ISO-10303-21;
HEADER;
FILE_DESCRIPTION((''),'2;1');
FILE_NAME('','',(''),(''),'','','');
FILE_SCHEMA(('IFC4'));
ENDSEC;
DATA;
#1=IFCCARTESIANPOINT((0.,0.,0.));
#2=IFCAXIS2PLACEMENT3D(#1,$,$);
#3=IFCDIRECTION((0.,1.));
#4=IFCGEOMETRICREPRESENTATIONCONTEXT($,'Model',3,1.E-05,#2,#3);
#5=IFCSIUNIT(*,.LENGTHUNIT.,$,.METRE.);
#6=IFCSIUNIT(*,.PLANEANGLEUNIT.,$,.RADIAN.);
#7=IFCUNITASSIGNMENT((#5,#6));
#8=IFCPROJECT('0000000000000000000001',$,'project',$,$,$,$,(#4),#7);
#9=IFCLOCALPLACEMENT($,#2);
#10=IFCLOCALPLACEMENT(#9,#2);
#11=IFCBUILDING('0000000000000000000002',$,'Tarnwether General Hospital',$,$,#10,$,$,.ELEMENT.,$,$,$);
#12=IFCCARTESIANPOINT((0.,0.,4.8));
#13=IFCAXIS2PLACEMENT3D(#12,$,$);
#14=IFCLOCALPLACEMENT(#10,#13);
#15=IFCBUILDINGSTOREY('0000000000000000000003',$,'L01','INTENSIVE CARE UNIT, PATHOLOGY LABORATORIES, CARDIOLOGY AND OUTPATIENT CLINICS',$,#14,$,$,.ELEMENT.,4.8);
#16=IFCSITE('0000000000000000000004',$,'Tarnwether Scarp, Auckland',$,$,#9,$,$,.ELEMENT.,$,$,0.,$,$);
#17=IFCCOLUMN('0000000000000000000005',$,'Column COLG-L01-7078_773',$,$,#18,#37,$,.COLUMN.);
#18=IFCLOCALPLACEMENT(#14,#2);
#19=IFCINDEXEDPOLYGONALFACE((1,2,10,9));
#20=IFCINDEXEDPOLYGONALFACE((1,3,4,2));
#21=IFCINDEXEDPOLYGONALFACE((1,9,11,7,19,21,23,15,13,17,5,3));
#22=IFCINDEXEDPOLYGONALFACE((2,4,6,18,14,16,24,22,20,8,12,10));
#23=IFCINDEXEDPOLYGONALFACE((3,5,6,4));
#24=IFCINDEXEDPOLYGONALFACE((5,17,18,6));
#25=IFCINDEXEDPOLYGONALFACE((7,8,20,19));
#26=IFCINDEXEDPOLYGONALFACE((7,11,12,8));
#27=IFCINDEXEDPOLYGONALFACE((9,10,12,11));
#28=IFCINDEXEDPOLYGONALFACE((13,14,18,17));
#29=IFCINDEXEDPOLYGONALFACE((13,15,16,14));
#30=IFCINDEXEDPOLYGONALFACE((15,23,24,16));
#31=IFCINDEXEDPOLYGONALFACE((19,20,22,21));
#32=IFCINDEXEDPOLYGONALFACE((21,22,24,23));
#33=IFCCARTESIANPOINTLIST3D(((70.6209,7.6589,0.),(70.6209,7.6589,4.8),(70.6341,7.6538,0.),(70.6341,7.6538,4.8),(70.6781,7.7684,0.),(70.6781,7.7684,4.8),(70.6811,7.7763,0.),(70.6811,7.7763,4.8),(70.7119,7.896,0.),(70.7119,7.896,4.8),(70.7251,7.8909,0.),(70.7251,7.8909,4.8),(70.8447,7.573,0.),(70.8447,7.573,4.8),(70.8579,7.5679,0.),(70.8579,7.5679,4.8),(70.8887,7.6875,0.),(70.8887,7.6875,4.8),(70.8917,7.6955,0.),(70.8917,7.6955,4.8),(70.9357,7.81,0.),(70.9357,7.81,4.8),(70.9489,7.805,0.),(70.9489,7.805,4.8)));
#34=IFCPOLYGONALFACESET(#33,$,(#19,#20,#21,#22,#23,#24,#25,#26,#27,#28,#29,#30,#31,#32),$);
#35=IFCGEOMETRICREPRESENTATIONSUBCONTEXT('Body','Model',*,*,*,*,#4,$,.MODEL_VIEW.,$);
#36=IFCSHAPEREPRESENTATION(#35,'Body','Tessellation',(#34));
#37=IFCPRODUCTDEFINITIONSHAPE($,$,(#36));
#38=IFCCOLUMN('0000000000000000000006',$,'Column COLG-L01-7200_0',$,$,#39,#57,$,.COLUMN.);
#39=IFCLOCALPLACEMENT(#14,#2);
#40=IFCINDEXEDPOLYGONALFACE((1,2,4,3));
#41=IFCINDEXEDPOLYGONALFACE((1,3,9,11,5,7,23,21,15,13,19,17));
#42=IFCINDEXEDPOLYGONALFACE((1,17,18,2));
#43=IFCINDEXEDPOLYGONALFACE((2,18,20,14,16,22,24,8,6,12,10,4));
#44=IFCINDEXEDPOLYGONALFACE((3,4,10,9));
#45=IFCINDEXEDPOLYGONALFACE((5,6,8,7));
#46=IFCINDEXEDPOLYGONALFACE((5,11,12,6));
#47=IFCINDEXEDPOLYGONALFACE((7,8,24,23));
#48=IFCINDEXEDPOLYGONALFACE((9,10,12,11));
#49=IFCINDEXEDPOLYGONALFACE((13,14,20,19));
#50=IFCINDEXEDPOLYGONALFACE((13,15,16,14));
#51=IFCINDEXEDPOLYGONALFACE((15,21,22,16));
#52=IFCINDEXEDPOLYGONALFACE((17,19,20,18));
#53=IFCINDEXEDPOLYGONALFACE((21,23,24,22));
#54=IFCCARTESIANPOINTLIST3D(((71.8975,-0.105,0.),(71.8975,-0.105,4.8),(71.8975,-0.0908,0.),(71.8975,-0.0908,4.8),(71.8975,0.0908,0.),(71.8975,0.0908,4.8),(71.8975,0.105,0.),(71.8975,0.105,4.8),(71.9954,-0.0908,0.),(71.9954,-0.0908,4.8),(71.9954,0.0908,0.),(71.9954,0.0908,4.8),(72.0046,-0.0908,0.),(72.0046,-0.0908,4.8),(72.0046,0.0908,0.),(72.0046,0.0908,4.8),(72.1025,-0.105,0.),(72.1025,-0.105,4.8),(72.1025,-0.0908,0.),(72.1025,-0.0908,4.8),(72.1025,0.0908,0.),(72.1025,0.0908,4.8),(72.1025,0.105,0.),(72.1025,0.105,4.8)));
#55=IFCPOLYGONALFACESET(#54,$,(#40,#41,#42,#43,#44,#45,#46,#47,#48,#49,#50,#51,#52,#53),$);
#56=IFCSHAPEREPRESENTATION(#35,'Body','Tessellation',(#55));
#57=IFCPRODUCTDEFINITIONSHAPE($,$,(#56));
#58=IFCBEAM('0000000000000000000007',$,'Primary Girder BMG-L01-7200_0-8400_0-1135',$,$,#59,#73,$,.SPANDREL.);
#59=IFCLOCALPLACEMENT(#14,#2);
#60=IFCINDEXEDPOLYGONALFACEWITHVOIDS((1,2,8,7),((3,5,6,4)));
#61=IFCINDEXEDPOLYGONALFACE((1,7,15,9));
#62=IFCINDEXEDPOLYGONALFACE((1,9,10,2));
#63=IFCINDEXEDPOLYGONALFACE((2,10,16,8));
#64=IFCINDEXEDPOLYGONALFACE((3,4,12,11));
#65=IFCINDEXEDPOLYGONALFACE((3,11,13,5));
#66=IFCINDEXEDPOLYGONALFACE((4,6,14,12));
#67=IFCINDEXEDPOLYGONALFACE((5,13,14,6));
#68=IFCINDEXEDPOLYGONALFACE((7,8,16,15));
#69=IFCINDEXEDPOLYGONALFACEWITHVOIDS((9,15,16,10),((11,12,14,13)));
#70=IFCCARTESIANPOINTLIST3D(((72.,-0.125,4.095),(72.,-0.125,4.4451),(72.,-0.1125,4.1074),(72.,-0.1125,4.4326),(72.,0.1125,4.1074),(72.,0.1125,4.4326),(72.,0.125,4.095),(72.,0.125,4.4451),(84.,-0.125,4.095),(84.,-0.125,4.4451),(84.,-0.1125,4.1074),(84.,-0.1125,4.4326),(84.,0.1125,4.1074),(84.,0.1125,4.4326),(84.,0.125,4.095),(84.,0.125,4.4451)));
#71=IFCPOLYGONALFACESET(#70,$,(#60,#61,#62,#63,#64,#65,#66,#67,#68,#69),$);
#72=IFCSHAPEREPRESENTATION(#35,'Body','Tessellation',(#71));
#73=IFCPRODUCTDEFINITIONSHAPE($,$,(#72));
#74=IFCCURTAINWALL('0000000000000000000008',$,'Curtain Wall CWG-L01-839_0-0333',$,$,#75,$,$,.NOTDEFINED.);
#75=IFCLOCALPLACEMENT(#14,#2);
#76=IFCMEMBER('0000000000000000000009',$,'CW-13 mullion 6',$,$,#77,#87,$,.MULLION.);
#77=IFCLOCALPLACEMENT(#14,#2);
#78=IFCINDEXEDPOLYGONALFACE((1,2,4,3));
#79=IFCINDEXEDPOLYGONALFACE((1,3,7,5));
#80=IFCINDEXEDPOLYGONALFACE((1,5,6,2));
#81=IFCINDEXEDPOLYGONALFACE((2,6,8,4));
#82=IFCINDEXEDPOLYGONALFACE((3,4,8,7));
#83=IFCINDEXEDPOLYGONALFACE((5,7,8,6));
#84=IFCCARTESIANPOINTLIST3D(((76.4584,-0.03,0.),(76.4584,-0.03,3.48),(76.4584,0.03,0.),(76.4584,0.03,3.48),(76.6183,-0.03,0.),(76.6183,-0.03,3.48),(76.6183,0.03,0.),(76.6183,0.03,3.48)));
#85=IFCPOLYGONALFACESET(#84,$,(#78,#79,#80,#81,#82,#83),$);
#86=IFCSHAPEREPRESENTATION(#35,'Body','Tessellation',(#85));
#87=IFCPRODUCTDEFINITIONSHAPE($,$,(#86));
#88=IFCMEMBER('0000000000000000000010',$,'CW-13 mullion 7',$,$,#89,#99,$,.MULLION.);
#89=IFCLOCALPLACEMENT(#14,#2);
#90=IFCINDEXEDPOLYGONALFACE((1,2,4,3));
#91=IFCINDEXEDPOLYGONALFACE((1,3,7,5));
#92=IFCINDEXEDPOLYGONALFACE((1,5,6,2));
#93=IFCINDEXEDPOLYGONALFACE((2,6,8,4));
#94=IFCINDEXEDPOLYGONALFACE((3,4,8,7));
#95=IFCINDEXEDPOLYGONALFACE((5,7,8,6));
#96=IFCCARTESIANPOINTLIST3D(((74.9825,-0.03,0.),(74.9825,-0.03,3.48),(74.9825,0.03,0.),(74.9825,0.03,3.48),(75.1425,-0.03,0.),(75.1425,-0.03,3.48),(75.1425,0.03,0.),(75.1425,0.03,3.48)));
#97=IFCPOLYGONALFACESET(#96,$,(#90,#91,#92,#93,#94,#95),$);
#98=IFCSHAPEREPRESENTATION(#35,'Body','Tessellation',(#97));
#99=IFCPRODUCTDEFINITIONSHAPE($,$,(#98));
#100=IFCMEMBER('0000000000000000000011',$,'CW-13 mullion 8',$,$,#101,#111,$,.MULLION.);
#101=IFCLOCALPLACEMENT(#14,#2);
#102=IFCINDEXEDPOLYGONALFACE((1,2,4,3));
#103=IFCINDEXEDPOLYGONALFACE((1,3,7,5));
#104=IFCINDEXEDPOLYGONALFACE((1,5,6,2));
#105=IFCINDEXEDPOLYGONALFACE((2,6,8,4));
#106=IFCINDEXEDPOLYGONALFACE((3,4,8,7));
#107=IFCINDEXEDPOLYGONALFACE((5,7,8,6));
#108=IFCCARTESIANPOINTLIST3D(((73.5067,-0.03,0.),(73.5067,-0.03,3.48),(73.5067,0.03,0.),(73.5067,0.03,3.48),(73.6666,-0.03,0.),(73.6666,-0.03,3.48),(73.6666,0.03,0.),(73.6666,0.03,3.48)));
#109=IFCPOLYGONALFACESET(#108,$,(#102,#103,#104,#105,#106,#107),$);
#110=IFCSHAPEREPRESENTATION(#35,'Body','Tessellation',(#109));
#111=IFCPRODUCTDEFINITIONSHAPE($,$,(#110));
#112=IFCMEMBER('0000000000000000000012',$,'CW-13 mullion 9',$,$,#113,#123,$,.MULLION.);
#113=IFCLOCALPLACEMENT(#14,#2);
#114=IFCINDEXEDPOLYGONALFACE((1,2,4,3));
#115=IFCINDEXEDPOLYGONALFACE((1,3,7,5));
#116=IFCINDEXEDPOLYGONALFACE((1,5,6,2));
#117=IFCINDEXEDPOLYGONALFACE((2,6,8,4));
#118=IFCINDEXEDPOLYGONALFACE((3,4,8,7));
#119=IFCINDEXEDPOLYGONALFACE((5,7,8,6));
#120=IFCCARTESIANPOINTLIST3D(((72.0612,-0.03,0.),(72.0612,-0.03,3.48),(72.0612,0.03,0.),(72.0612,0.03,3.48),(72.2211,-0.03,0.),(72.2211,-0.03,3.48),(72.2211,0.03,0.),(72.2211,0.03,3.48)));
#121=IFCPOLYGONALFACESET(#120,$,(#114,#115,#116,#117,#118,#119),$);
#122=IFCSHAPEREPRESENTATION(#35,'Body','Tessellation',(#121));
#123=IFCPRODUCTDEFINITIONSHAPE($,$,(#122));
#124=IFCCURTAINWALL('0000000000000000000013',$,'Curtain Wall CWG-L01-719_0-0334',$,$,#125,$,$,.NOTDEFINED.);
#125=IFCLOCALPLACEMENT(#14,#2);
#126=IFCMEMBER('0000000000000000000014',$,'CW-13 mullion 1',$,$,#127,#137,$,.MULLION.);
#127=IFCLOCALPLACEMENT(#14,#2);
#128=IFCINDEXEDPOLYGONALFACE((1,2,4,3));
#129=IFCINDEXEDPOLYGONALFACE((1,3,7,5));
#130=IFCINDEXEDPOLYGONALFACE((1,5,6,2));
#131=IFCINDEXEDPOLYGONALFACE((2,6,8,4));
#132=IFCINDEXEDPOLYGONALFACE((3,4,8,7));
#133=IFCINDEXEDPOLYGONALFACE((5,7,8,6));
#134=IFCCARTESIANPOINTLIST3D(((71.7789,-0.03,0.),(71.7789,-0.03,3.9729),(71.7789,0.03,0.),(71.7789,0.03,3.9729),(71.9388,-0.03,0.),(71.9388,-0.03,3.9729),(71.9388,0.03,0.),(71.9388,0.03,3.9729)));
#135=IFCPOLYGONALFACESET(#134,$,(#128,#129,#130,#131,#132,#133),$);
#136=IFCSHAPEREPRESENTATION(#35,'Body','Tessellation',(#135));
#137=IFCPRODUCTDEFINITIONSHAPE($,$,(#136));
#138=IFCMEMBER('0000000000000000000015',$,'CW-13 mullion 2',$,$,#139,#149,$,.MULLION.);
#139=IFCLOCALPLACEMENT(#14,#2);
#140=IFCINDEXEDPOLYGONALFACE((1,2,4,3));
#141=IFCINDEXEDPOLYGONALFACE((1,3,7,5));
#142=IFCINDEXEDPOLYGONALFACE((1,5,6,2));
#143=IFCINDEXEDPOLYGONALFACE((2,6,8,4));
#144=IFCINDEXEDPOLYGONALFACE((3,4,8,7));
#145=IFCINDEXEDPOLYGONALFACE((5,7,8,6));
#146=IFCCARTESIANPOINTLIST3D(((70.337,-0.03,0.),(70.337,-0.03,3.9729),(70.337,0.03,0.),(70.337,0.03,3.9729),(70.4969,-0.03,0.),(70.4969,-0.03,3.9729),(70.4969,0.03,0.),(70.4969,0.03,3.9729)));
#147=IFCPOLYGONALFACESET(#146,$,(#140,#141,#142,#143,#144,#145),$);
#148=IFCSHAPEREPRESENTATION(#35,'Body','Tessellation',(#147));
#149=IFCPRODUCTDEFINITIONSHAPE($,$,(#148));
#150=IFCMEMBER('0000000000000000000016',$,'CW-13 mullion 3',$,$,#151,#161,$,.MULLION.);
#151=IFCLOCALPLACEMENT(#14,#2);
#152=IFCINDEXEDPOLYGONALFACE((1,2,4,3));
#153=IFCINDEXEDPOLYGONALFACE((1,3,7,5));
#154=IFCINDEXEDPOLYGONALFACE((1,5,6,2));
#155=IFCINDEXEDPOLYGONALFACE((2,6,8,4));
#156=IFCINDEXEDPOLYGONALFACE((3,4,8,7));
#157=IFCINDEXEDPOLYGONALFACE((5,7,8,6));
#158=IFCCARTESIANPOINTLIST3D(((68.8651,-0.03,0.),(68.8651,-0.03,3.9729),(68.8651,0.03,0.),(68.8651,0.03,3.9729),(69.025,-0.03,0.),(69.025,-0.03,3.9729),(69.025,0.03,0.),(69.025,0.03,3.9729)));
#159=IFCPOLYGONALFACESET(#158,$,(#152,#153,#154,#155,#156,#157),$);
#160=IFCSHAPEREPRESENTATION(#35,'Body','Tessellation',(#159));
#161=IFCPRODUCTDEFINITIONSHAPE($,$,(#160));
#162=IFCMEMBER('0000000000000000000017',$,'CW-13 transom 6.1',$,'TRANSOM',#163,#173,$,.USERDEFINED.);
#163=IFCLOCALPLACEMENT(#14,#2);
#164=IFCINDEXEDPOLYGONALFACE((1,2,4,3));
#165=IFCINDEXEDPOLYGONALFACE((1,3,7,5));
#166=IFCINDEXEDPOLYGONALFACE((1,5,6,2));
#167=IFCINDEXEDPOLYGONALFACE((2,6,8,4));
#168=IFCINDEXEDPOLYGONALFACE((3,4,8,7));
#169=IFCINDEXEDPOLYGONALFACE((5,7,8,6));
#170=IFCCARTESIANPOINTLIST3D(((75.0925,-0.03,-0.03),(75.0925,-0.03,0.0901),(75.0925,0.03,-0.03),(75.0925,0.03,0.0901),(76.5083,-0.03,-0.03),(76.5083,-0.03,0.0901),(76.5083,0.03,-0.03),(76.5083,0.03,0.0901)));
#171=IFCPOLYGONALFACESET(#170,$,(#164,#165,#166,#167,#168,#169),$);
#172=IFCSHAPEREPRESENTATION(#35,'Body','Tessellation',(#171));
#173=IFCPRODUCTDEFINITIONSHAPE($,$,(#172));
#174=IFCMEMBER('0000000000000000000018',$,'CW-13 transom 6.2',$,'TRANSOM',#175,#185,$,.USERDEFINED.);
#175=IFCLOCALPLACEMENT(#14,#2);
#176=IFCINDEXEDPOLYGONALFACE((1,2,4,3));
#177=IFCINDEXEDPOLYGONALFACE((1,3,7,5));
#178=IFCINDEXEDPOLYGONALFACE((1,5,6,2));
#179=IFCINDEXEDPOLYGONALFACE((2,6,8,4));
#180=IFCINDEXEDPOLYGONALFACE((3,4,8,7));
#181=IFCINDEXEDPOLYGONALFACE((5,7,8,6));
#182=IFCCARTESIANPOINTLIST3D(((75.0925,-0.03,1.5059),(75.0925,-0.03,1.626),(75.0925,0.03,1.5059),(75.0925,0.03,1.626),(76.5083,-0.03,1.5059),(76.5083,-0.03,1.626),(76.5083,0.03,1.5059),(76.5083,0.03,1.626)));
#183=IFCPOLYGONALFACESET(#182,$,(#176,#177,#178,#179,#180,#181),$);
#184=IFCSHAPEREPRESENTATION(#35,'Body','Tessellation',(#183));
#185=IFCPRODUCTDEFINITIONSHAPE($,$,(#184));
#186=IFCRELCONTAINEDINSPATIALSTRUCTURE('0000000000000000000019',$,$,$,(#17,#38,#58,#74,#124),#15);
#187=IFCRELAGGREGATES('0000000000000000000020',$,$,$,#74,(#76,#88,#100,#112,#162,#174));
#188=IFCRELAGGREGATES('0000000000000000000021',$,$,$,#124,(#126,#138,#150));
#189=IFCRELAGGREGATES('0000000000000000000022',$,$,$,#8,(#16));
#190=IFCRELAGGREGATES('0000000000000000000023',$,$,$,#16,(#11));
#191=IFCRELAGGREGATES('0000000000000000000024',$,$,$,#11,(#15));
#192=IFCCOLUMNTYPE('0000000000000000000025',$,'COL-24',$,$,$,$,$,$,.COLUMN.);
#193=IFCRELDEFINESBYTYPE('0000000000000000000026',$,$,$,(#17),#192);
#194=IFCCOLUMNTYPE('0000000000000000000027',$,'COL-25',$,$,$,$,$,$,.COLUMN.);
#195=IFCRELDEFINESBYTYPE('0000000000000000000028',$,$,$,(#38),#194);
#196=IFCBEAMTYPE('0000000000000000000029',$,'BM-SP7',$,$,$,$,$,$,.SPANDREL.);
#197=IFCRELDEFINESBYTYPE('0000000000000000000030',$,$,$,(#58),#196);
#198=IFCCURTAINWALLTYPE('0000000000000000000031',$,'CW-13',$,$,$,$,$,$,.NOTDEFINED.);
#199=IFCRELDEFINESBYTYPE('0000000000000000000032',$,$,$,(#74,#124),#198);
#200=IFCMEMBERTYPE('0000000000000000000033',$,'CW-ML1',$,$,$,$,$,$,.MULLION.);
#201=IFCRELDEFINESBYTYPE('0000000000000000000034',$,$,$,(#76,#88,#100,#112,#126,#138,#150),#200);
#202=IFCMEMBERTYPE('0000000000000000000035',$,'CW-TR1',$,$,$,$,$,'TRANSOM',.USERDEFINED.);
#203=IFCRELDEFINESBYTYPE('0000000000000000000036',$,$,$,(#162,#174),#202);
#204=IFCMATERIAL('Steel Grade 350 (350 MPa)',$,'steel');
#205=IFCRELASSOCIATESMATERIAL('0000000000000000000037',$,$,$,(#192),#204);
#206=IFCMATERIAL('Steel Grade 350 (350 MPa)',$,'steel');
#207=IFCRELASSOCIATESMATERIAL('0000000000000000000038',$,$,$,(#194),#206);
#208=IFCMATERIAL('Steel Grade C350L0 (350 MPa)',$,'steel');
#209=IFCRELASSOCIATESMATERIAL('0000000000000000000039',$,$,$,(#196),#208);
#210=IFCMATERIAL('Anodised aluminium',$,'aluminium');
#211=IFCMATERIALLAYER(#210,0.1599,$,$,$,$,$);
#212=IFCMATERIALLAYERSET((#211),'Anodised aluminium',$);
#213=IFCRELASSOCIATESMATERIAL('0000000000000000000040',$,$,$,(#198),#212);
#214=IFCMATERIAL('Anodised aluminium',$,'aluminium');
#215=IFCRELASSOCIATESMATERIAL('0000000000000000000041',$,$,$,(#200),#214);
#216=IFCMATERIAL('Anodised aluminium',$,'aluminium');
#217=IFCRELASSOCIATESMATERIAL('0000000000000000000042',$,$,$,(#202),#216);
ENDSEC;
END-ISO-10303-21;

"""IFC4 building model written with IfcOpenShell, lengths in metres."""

from ifc_helpers import new_model, si_unit, direction, frame, origin, origin_2d, place, context, subcontext, project, spatial, rectangle, hollow_rectangle, i_section, extrude, material, layer, layer_set, material_profile, profile_set, type_object, element, aggregate, save


model = new_model("IFC4")

# Units and contexts
model_context = context("Model", 3, precision=1e-05, world=origin(), true_north=direction((0.0, 1.0)))
body_context = subcontext(model_context, "Body", "Model", "MODEL_VIEW")
ifc_project = project(units=[si_unit("LENGTHUNIT", "METRE"), si_unit("PLANEANGLEUNIT", "RADIAN")], contexts=[model_context])

# Site, building, storey
site_placement = place(None, origin())
site = spatial("IfcSite", under=ifc_project, at=site_placement, Name="Tarnwether Scarp, Auckland", CompositionType="ELEMENT", RefElevation=0.0)
building_placement = place(site_placement, origin())
building = spatial("IfcBuilding", under=site, at=building_placement, Name="Tarnwether General Hospital", CompositionType="ELEMENT")
storey_placement = place(building_placement, frame((0.0, 0.0, 4.8)))
storey = spatial("IfcBuildingStorey", under=building, at=storey_placement, Name="L01", Description="INTENSIVE CARE UNIT, PATHOLOGY LABORATORIES, CARDIOLOGY AND OUTPATIENT CLINICS", CompositionType="ELEMENT", Elevation=4.8)

# Columns
ifc_material_1 = material(Name="Steel Grade 350 (350 MPa)", Category="steel")
ifc_material_profile_1 = material_profile(ifc_material_1, i_section(OverallWidth=0.2539, OverallDepth=0.2539, WebThickness=0.0085, FlangeThickness=0.0142, at=origin_2d()), Name="250UC72.9")
ifc_profile_set_1 = profile_set([ifc_material_profile_1], Name="Steel Grade 350 (350 MPa)")
column_type_1 = type_object("IfcColumnType", Name="COL-24", PredefinedType="COLUMN", material=ifc_profile_set_1)
column_1_placement = place(storey_placement, frame((70.7849, 7.7319, 0.0), z_axis=(0.0, 0.0, 1.0), x_axis=(0.358368, 0.93358, 0.0)))
element("IfcColumn", 1, at=column_1_placement, inside=storey, type_object=column_type_1, Name="Column COLG-L01-7078_773", PredefinedType="COLUMN", context=body_context, shape_type="SweptSolid", body=[
    extrude(i_section(OverallWidth=0.2539, OverallDepth=0.2539, WebThickness=0.0085, FlangeThickness=0.0142, at=origin_2d()), origin(), (0.0, 0.0, 1.0), 4.8),
])
ifc_material_2 = material(Name="Steel Grade 350 (350 MPa)", Category="steel")
ifc_material_profile_2 = material_profile(ifc_material_2, i_section(OverallWidth=0.2051, OverallDepth=0.21, WebThickness=0.0093, FlangeThickness=0.0142, at=origin_2d()), Name="200UC59.5")
ifc_profile_set_2 = profile_set([ifc_material_profile_2], Name="Steel Grade 350 (350 MPa)")
column_type_2 = type_object("IfcColumnType", Name="COL-25", PredefinedType="COLUMN", material=ifc_profile_set_2)
column_2_placement = place(storey_placement, frame((72.0, 0.0, 0.0), z_axis=(0.0, 0.0, 1.0), x_axis=(1.0, 0.0, 0.0)))
element("IfcColumn", 2, at=column_2_placement, inside=storey, type_object=column_type_2, Name="Column COLG-L01-7200_0", PredefinedType="COLUMN", context=body_context, shape_type="SweptSolid", body=[
    extrude(i_section(OverallWidth=0.2051, OverallDepth=0.21, WebThickness=0.0093, FlangeThickness=0.0142, at=origin_2d()), origin(), (0.0, 0.0, 1.0), 4.8),
])

# Beam
ifc_material_3 = material(Name="Steel Grade C350L0 (350 MPa)", Category="steel")
ifc_material_profile_3 = material_profile(ifc_material_3, hollow_rectangle(XDim=0.25, YDim=0.3501, WallThickness=0.0125, at=origin_2d()), Name="RHS350x250x12.5")
ifc_profile_set_3 = profile_set([ifc_material_profile_3], Name="Steel Grade C350L0 (350 MPa)")
beam_type = type_object("IfcBeamType", Name="BM-SP7", PredefinedType="SPANDREL", material=ifc_profile_set_3)
beam_placement = place(storey_placement, frame((72.0, 0.0, 4.27), z_axis=(1.0, 0.0, 0.0), x_axis=(0.0, 1.0, 0.0)))
element("IfcBeam", 3, at=beam_placement, inside=storey, type_object=beam_type, Name="Primary Girder BMG-L01-7200_0-8400_0-1135", PredefinedType="SPANDREL", context=body_context, shape_type="SweptSolid", body=[
    extrude(hollow_rectangle(XDim=0.25, YDim=0.3501, WallThickness=0.0125, at=origin_2d()), origin(), (0.0, 0.0, 1.0), 12.0),
])

# Curtain walls, members
ifc_material_4 = material(Name="Anodised aluminium", Category="aluminium")
ifc_layer_1 = layer(ifc_material_4, 0.1599)
ifc_layer_set_1 = layer_set([ifc_layer_1], Name="Anodised aluminium")
curtain_wall_type = type_object("IfcCurtainWallType", Name="CW-13", PredefinedType="NOTDEFINED", material=ifc_layer_set_1)
curtain_wall_1_placement = place(storey_placement, origin())
curtain_wall_1 = element("IfcCurtainWall", 4, at=curtain_wall_1_placement, inside=storey, type_object=curtain_wall_type, Name="Curtain Wall CWG-L01-839_0-0333", PredefinedType="NOTDEFINED")
ifc_material_5 = material(Name="Anodised aluminium", Category="aluminium")
ifc_material_profile_4 = material_profile(ifc_material_5, rectangle(XDim=0.0601, YDim=0.1599, at=origin_2d()), Name="ALU-MUL-60x160")
ifc_profile_set_4 = profile_set([ifc_material_profile_4], Name="Anodised aluminium")
member_type_1 = type_object("IfcMemberType", Name="CW-ML1", PredefinedType="MULLION", material=ifc_profile_set_4)
member_1_placement = place(storey_placement, frame((76.5383, 0.0, 0.0), z_axis=(0.0, 0.0, 1.0), x_axis=(0.0, -1.0, 0.0)))
member_1 = element("IfcMember", 5, at=member_1_placement, type_object=member_type_1, Name="CW-13 mullion 6", PredefinedType="MULLION", context=body_context, shape_type="SweptSolid", body=[
    extrude(rectangle(XDim=0.0601, YDim=0.1599, at=origin_2d()), origin(), (0.0, 0.0, 1.0), 3.48),
])
member_2_placement = place(storey_placement, frame((75.0625, 0.0, 0.0), z_axis=(0.0, 0.0, 1.0), x_axis=(0.0, -1.0, 0.0)))
member_2 = element("IfcMember", 6, at=member_2_placement, type_object=member_type_1, Name="CW-13 mullion 7", PredefinedType="MULLION", context=body_context, shape_type="SweptSolid", body=[
    extrude(rectangle(XDim=0.0601, YDim=0.1599, at=origin_2d()), origin(), (0.0, 0.0, 1.0), 3.48),
])
member_3_placement = place(storey_placement, frame((73.5867, 0.0, 0.0), z_axis=(0.0, 0.0, 1.0), x_axis=(0.0, -1.0, 0.0)))
member_3 = element("IfcMember", 7, at=member_3_placement, type_object=member_type_1, Name="CW-13 mullion 8", PredefinedType="MULLION", context=body_context, shape_type="SweptSolid", body=[
    extrude(rectangle(XDim=0.0601, YDim=0.1599, at=origin_2d()), origin(), (0.0, 0.0, 1.0), 3.48),
])
member_4_placement = place(storey_placement, frame((72.1411, 0.0, 0.0), z_axis=(0.0, 0.0, 1.0), x_axis=(0.0, -1.0, 0.0)))
member_4 = element("IfcMember", 8, at=member_4_placement, type_object=member_type_1, Name="CW-13 mullion 9", PredefinedType="MULLION", context=body_context, shape_type="SweptSolid", body=[
    extrude(rectangle(XDim=0.0601, YDim=0.1599, at=origin_2d()), origin(), (0.0, 0.0, 1.0), 3.48),
])
curtain_wall_2_placement = place(storey_placement, origin())
curtain_wall_2 = element("IfcCurtainWall", 9, at=curtain_wall_2_placement, inside=storey, type_object=curtain_wall_type, Name="Curtain Wall CWG-L01-719_0-0334", PredefinedType="NOTDEFINED")
member_5_placement = place(storey_placement, frame((71.8589, 0.0, 0.0), z_axis=(0.0, 0.0, 1.0), x_axis=(0.0, -1.0, 0.0)))
member_5 = element("IfcMember", 10, at=member_5_placement, type_object=member_type_1, Name="CW-13 mullion 1", PredefinedType="MULLION", context=body_context, shape_type="SweptSolid", body=[
    extrude(rectangle(XDim=0.0601, YDim=0.1599, at=origin_2d()), origin(), (0.0, 0.0, 1.0), 3.9729),
])
member_6_placement = place(storey_placement, frame((70.417, 0.0, 0.0), z_axis=(0.0, 0.0, 1.0), x_axis=(0.0, -1.0, 0.0)))
member_6 = element("IfcMember", 11, at=member_6_placement, type_object=member_type_1, Name="CW-13 mullion 2", PredefinedType="MULLION", context=body_context, shape_type="SweptSolid", body=[
    extrude(rectangle(XDim=0.0601, YDim=0.1599, at=origin_2d()), origin(), (0.0, 0.0, 1.0), 3.9729),
])
member_7_placement = place(storey_placement, frame((68.9451, 0.0, 0.0), z_axis=(0.0, 0.0, 1.0), x_axis=(0.0, -1.0, 0.0)))
member_7 = element("IfcMember", 12, at=member_7_placement, type_object=member_type_1, Name="CW-13 mullion 3", PredefinedType="MULLION", context=body_context, shape_type="SweptSolid", body=[
    extrude(rectangle(XDim=0.0601, YDim=0.1599, at=origin_2d()), origin(), (0.0, 0.0, 1.0), 3.9729),
])

# Members
ifc_material_6 = material(Name="Anodised aluminium", Category="aluminium")
ifc_material_profile_5 = material_profile(ifc_material_6, rectangle(XDim=0.0601, YDim=0.1201, at=origin_2d()), Name="ALU-TRN-60x120")
ifc_profile_set_5 = profile_set([ifc_material_profile_5], Name="Anodised aluminium")
member_type_2 = type_object("IfcMemberType", Name="CW-TR1", ElementType="TRANSOM", PredefinedType="USERDEFINED", material=ifc_profile_set_5)
member_8_placement = place(storey_placement, frame((76.5083, 0.0, 0.03), z_axis=(-1.0, 0.0, 0.0), x_axis=(0.0, -1.0, 0.0)))
member_8 = element("IfcMember", 13, at=member_8_placement, type_object=member_type_2, Name="CW-13 transom 6.1", ObjectType="TRANSOM", PredefinedType="USERDEFINED", context=body_context, shape_type="SweptSolid", body=[
    extrude(rectangle(XDim=0.0601, YDim=0.1201, at=origin_2d()), origin(), (0.0, 0.0, 1.0), 1.4158),
])
member_9_placement = place(storey_placement, frame((76.5083, 0.0, 1.5659), z_axis=(-1.0, 0.0, 0.0), x_axis=(0.0, -1.0, 0.0)))
member_9 = element("IfcMember", 14, at=member_9_placement, type_object=member_type_2, Name="CW-13 transom 6.2", ObjectType="TRANSOM", PredefinedType="USERDEFINED", context=body_context, shape_type="SweptSolid", body=[
    extrude(rectangle(XDim=0.0601, YDim=0.1201, at=origin_2d()), origin(), (0.0, 0.0, 1.0), 1.4158),
])

aggregate(curtain_wall_1, [member_1, member_2, member_3, member_4, member_8, member_9])
aggregate(curtain_wall_2, [member_5, member_6, member_7])

save(model, "model.ifc")
